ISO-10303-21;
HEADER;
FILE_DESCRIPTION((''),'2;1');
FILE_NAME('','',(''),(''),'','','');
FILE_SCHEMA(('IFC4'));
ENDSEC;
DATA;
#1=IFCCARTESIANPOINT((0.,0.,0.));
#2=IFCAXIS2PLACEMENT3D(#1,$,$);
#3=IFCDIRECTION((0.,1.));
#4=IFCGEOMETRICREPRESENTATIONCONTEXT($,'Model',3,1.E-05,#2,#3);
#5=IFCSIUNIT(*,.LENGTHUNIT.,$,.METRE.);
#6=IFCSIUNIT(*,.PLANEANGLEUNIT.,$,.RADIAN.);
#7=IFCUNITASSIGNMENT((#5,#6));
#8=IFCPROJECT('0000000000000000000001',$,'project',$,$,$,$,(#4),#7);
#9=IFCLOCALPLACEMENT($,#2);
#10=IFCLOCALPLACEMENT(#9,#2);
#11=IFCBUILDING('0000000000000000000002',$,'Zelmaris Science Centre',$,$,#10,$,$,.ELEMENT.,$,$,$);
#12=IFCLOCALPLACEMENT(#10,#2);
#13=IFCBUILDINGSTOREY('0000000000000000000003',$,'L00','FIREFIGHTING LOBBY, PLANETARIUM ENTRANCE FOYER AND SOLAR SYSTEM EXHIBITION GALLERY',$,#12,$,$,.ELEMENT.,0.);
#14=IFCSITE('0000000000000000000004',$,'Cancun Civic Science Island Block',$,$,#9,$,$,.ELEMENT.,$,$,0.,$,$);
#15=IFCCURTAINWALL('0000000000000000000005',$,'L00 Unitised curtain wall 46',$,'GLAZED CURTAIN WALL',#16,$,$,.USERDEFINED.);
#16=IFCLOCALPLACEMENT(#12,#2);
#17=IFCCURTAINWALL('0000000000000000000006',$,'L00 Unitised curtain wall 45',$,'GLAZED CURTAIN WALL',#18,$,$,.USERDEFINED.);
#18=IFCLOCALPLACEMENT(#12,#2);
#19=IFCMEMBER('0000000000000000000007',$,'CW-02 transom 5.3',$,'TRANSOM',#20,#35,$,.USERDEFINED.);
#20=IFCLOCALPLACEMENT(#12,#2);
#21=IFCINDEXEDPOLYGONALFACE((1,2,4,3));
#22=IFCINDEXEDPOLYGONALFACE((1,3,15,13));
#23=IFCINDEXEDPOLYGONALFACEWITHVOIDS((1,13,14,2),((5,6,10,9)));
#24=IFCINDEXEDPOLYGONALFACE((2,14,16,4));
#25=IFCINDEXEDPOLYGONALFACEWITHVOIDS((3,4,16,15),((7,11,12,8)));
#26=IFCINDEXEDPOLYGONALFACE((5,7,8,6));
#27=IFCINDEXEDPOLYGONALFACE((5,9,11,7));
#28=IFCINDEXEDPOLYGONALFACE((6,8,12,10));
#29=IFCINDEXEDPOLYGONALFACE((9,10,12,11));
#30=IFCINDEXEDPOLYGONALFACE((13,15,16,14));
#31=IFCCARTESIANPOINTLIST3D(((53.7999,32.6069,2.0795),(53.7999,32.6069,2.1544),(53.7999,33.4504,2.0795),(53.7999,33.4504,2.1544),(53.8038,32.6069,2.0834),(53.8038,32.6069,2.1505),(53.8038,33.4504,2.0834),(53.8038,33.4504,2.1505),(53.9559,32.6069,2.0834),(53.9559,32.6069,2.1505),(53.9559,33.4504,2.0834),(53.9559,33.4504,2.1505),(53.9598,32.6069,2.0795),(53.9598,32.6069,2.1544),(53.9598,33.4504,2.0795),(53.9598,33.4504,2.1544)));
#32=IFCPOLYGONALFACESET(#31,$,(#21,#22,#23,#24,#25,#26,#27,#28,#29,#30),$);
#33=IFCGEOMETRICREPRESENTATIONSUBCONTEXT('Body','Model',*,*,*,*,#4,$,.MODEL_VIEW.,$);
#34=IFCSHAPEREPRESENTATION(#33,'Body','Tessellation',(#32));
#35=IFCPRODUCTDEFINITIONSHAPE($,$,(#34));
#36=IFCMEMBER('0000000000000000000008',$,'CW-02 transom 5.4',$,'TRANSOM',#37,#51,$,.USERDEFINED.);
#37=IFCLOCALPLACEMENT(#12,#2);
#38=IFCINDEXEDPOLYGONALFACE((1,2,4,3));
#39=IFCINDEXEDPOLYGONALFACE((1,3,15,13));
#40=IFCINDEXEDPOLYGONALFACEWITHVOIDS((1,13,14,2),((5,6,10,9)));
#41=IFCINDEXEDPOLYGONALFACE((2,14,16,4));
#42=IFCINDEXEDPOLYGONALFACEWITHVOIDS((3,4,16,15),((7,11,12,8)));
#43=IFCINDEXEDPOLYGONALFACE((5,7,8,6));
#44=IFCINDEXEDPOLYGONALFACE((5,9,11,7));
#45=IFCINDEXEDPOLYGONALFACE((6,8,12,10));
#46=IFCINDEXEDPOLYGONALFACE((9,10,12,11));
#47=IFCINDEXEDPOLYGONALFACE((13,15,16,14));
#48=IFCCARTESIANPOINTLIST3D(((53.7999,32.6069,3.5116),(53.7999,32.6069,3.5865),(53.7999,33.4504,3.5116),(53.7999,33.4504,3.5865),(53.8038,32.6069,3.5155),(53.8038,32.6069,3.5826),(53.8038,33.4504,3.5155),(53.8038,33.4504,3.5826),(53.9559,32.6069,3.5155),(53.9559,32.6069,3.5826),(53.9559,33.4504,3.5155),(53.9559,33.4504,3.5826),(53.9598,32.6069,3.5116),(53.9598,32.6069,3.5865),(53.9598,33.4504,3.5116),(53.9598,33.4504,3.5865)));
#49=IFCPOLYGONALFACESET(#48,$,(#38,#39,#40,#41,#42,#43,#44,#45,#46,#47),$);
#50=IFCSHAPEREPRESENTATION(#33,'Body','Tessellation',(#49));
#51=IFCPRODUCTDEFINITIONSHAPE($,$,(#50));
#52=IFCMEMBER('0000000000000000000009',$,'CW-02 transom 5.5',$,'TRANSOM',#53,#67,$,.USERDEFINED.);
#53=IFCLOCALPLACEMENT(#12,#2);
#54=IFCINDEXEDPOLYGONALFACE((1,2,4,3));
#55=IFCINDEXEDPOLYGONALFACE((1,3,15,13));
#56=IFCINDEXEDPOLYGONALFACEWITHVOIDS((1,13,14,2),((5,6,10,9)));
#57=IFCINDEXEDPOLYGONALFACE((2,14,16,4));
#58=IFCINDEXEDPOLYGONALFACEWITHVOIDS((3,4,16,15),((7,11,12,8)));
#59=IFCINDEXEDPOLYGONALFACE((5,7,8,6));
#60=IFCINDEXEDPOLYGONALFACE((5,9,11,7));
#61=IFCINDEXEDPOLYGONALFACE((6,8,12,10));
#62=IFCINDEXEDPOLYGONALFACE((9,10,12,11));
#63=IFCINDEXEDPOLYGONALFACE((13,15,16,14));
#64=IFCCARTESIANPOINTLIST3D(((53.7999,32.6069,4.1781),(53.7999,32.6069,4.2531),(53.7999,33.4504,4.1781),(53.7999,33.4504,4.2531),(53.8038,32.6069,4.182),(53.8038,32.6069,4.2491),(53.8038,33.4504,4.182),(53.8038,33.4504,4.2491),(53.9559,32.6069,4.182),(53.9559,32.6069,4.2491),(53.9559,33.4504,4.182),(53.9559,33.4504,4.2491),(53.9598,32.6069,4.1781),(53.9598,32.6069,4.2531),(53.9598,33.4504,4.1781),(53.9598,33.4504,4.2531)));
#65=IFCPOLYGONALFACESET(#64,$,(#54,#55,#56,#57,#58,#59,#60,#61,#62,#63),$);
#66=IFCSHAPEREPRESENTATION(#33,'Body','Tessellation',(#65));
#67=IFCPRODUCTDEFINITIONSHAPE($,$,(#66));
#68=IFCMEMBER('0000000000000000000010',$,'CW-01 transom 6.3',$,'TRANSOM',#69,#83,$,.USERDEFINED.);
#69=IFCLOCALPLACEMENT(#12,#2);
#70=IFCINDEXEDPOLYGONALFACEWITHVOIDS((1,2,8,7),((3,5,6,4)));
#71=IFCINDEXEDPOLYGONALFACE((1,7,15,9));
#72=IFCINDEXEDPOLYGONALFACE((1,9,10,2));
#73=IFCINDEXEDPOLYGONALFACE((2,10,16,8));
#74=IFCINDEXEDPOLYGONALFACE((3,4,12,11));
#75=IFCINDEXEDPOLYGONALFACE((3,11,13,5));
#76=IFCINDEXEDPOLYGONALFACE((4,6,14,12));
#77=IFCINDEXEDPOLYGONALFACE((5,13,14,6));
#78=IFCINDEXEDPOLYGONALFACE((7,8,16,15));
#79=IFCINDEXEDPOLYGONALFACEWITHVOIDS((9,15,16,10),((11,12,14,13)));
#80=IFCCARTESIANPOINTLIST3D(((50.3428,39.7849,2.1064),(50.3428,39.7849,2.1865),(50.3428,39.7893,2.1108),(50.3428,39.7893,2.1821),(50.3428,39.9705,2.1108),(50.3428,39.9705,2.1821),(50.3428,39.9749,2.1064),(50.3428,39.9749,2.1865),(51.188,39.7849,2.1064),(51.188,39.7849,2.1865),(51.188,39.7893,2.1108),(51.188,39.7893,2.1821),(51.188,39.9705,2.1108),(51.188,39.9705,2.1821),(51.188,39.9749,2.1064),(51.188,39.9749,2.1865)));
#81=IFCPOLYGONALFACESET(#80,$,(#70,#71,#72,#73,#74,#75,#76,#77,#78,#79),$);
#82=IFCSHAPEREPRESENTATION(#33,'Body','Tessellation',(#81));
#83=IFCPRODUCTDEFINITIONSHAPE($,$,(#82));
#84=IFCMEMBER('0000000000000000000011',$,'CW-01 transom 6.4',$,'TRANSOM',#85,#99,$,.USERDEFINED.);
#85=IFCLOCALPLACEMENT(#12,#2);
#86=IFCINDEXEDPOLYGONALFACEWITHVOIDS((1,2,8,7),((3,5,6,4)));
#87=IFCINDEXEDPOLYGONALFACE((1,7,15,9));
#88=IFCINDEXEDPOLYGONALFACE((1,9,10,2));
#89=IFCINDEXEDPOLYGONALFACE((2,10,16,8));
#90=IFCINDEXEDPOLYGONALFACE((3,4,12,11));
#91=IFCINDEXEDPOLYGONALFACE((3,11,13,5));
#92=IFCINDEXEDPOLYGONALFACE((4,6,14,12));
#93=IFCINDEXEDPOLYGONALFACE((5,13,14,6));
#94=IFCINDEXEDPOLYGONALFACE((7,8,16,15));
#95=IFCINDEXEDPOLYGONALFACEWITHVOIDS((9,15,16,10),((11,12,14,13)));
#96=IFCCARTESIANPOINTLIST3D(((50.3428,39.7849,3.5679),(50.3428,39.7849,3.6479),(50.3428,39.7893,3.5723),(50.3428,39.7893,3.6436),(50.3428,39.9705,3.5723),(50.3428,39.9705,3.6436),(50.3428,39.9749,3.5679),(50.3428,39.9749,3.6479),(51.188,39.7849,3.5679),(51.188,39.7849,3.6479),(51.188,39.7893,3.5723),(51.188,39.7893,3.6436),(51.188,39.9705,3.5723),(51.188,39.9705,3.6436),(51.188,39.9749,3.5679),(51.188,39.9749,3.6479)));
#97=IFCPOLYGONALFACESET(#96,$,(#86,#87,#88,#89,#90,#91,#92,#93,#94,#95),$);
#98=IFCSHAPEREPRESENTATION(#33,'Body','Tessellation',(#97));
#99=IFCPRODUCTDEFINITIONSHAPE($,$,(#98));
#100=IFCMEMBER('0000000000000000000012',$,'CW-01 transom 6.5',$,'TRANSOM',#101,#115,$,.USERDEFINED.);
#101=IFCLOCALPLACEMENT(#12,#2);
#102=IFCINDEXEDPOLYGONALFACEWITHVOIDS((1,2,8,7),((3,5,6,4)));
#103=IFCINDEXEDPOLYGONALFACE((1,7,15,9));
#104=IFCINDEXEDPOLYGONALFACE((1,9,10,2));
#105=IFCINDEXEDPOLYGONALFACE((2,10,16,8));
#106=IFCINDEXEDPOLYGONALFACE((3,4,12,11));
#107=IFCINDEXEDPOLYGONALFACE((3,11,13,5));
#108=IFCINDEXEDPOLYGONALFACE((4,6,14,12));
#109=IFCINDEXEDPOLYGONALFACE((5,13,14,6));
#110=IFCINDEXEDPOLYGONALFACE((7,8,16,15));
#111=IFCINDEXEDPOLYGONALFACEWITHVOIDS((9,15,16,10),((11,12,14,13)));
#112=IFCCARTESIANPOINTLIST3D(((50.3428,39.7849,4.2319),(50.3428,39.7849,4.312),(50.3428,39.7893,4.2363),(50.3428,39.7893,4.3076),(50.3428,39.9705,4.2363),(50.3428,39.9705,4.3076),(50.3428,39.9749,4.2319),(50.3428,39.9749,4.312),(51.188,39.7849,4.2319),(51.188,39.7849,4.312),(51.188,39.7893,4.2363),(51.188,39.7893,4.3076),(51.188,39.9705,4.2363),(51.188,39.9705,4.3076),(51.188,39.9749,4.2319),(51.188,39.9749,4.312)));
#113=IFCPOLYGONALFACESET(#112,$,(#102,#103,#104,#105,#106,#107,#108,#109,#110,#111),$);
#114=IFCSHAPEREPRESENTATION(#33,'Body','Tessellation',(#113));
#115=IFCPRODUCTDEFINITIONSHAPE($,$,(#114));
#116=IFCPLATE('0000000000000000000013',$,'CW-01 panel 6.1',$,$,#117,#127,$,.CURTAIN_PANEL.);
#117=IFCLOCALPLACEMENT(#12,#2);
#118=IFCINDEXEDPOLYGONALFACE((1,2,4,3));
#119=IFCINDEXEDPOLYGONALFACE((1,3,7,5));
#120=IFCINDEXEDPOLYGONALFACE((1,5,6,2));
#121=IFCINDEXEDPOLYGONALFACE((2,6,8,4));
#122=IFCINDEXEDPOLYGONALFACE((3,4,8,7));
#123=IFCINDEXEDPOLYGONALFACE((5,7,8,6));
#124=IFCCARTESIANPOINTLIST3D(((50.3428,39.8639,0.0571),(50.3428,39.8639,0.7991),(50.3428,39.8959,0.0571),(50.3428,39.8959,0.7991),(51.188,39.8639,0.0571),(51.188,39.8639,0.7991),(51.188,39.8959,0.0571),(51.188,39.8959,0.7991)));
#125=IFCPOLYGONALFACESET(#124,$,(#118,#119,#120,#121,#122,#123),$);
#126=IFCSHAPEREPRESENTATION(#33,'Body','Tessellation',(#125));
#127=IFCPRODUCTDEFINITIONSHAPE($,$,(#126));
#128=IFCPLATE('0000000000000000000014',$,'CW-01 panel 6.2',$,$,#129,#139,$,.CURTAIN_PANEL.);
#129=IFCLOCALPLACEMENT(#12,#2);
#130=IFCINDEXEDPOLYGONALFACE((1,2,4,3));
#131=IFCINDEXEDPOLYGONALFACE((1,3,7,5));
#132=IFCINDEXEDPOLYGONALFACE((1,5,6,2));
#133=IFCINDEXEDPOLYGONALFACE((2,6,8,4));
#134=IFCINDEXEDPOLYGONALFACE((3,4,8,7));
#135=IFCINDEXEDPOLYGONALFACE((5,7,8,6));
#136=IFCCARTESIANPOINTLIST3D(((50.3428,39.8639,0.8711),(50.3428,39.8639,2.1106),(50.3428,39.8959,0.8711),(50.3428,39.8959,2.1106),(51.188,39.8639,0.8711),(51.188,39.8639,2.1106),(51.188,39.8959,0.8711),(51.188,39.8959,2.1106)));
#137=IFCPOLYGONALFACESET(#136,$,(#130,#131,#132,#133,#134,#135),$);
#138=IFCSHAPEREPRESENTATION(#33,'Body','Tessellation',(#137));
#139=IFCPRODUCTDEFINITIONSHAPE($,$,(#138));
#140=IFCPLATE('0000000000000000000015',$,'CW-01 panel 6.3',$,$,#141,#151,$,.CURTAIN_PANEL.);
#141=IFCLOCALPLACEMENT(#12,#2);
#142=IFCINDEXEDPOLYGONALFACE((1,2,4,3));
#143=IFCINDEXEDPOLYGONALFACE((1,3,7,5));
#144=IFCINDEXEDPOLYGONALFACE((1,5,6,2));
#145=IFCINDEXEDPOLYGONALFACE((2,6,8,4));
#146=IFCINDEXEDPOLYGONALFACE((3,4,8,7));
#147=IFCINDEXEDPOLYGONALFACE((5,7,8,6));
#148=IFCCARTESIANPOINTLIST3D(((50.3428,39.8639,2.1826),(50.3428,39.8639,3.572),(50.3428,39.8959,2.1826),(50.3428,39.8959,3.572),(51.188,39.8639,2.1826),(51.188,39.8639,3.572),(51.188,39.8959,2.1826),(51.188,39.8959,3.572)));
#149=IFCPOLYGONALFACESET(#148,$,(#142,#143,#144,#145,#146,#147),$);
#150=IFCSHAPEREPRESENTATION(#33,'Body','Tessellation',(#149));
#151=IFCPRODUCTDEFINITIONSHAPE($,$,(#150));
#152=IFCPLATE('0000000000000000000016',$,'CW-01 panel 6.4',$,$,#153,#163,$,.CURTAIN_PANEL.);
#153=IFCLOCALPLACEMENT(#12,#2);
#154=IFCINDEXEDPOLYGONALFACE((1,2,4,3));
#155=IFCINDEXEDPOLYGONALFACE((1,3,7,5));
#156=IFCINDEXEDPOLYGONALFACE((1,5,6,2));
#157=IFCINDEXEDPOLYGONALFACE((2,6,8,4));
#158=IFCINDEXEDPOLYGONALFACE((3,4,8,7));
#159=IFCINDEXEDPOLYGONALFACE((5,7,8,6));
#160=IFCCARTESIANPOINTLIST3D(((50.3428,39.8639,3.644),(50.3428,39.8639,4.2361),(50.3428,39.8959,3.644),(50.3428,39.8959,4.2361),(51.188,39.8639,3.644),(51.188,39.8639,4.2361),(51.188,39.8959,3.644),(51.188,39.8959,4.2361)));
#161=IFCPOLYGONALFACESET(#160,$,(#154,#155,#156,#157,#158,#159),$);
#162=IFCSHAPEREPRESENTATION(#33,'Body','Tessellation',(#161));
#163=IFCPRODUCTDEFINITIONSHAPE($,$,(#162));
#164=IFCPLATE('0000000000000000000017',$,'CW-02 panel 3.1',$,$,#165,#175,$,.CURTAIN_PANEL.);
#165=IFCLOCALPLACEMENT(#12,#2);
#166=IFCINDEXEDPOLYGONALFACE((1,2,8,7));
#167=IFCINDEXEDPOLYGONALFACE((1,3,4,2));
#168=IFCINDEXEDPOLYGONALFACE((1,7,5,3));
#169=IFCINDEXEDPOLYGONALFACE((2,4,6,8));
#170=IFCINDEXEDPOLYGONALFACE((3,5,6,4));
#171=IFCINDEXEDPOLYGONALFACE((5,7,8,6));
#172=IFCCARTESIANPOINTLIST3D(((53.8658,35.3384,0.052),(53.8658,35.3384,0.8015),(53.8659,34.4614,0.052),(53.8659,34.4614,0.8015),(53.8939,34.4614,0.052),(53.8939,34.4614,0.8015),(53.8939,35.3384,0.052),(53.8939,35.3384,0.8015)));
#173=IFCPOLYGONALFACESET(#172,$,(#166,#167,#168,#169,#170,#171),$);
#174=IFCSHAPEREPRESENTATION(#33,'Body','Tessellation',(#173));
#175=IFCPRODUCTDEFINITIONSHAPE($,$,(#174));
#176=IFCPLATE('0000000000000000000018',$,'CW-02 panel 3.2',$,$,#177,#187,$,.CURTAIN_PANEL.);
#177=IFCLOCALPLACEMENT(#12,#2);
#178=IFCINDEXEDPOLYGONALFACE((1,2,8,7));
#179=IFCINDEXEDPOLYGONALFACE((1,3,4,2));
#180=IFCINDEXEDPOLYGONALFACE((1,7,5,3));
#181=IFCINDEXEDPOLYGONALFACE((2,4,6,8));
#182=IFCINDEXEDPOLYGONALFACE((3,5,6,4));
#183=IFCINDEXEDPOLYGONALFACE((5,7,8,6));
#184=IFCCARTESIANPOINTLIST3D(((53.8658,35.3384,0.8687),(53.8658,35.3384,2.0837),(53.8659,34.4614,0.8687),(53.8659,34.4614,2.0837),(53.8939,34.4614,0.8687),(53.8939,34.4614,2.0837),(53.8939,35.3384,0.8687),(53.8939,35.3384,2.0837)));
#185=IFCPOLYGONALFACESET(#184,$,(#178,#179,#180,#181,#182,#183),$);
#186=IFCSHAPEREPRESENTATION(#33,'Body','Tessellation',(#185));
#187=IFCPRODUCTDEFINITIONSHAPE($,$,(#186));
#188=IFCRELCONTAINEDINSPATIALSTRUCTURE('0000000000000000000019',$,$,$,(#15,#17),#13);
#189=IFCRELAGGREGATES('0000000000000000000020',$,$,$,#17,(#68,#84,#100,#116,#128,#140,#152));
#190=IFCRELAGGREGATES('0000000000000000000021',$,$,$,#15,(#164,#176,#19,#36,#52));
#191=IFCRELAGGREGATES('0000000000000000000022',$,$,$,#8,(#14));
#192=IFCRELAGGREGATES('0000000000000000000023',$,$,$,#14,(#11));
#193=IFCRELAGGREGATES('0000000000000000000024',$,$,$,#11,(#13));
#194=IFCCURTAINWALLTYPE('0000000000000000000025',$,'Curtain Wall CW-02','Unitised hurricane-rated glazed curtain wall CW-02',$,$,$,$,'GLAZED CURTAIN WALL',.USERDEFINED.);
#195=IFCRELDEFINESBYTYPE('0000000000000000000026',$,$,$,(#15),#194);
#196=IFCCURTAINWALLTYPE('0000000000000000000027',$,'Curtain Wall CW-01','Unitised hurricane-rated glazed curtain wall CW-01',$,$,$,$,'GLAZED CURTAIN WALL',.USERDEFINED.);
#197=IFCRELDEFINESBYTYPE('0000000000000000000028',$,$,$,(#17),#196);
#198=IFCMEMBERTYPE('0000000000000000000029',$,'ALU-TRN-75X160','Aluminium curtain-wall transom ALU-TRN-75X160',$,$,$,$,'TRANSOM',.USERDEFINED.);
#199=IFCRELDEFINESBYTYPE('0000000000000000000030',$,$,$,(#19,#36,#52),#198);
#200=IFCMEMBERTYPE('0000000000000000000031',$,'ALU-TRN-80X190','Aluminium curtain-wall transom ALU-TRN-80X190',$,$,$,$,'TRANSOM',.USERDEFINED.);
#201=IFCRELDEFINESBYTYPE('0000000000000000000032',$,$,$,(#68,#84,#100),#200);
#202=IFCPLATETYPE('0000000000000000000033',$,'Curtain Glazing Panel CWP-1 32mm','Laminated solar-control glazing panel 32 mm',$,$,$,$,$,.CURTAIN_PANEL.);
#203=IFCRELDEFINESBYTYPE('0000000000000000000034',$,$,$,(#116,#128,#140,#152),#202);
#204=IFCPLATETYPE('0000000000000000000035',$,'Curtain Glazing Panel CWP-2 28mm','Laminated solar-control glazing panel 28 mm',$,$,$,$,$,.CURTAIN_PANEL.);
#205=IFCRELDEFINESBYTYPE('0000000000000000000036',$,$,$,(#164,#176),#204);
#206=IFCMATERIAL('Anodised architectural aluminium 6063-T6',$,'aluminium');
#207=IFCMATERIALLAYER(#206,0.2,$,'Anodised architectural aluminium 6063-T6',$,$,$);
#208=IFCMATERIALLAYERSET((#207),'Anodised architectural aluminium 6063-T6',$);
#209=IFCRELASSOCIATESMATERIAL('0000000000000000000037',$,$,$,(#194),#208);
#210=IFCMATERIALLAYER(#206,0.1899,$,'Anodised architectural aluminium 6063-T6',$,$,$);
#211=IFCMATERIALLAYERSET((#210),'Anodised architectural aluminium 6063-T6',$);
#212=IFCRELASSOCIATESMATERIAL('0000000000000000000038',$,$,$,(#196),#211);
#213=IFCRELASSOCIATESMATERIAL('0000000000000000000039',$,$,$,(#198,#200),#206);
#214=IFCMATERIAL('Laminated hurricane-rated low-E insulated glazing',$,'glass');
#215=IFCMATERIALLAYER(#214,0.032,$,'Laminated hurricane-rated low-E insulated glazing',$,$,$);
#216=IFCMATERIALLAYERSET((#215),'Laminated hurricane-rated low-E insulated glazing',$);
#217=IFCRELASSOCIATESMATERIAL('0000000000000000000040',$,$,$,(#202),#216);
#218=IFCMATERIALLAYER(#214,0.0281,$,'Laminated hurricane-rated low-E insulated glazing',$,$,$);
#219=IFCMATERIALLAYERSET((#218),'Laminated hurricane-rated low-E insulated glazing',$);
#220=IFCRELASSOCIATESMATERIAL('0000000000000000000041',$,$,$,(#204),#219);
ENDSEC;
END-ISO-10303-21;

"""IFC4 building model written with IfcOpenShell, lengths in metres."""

from ifc_helpers import new_model, si_unit, direction, frame, origin, origin_2d, place, context, subcontext, project, spatial, rectangle, hollow_rectangle, extrude, material, layer, layer_set, material_profile, profile_set, type_object, element, aggregate, save


model = new_model("IFC4")

# Units and contexts
model_context = context("Model", 3, precision=1e-05, world=origin(), true_north=direction((0.0, 1.0)))
body_context = subcontext(model_context, "Body", "Model", "MODEL_VIEW")
ifc_project = project(units=[si_unit("LENGTHUNIT", "METRE"), si_unit("PLANEANGLEUNIT", "RADIAN")], contexts=[model_context])

# Site, building, storey
site_placement = place(None, origin())
site = spatial("IfcSite", under=ifc_project, at=site_placement, Name="Cancun Civic Science Island Block", CompositionType="ELEMENT", RefElevation=0.0)
building_placement = place(site_placement, origin())
building = spatial("IfcBuilding", under=site, at=building_placement, Name="Zelmaris Science Centre", CompositionType="ELEMENT")
storey_placement = place(building_placement, origin())
storey = spatial("IfcBuildingStorey", under=building, at=storey_placement, Name="L00", Description="FIREFIGHTING LOBBY, PLANETARIUM ENTRANCE FOYER AND SOLAR SYSTEM EXHIBITION GALLERY", CompositionType="ELEMENT", Elevation=0.0)

# Curtain wall
ifc_material_1 = material(Name="Anodised architectural aluminium 6063-T6", Category="aluminium")
ifc_layer_1 = layer(ifc_material_1, 0.2, Name="Anodised architectural aluminium 6063-T6")
ifc_layer_set_1 = layer_set([ifc_layer_1], Name="Anodised architectural aluminium 6063-T6")
curtain_wall_type_1 = type_object("IfcCurtainWallType", Name="Curtain Wall CW-02", Description="Unitised hurricane-rated glazed curtain wall CW-02", ElementType="GLAZED CURTAIN WALL", PredefinedType="USERDEFINED", material=ifc_layer_set_1)
curtain_wall_1_placement = place(storey_placement, origin())
curtain_wall_1 = element("IfcCurtainWall", 1, at=curtain_wall_1_placement, inside=storey, type_object=curtain_wall_type_1, Name="L00 Unitised curtain wall 46", ObjectType="GLAZED CURTAIN WALL", PredefinedType="USERDEFINED")

# Curtain wall
ifc_layer_2 = layer(ifc_material_1, 0.1899, Name="Anodised architectural aluminium 6063-T6")
ifc_layer_set_2 = layer_set([ifc_layer_2], Name="Anodised architectural aluminium 6063-T6")
curtain_wall_type_2 = type_object("IfcCurtainWallType", Name="Curtain Wall CW-01", Description="Unitised hurricane-rated glazed curtain wall CW-01", ElementType="GLAZED CURTAIN WALL", PredefinedType="USERDEFINED", material=ifc_layer_set_2)
curtain_wall_2_placement = place(storey_placement, origin())
curtain_wall_2 = element("IfcCurtainWall", 2, at=curtain_wall_2_placement, inside=storey, type_object=curtain_wall_type_2, Name="L00 Unitised curtain wall 45", ObjectType="GLAZED CURTAIN WALL", PredefinedType="USERDEFINED")

# Members
ifc_material_profile_1 = material_profile(ifc_material_1, hollow_rectangle(XDim=0.075, YDim=0.1599, WallThickness=0.0039, at=origin_2d()), Name="ALU-TRN-75X160")
ifc_profile_set_1 = profile_set([ifc_material_profile_1], Name="Anodised architectural aluminium 6063-T6")
member_type_1 = type_object("IfcMemberType", Name="ALU-TRN-75X160", Description="Aluminium curtain-wall transom ALU-TRN-75X160", ElementType="TRANSOM", PredefinedType="USERDEFINED", material=ifc_profile_set_1)
member_1_placement = place(storey_placement, frame((53.8799, 33.4504, 2.1169), z_axis=(0.0, -1.0, 0.0), x_axis=(0.0, 0.0, 1.0)))
member_1 = element("IfcMember", 3, at=member_1_placement, type_object=member_type_1, Name="CW-02 transom 5.3", ObjectType="TRANSOM", PredefinedType="USERDEFINED", context=body_context, shape_type="SweptSolid", body=[
    extrude(hollow_rectangle(XDim=0.075, YDim=0.1599, WallThickness=0.0039, at=origin_2d()), origin(), (0.0, 0.0, 1.0), 0.8435),
])
member_2_placement = place(storey_placement, frame((53.8799, 33.4504, 3.5491), z_axis=(0.0, -1.0, 0.0), x_axis=(0.0, 0.0, 1.0)))
member_2 = element("IfcMember", 4, at=member_2_placement, type_object=member_type_1, Name="CW-02 transom 5.4", ObjectType="TRANSOM", PredefinedType="USERDEFINED", context=body_context, shape_type="SweptSolid", body=[
    extrude(hollow_rectangle(XDim=0.075, YDim=0.1599, WallThickness=0.0039, at=origin_2d()), origin(), (0.0, 0.0, 1.0), 0.8435),
])
member_3_placement = place(storey_placement, frame((53.8799, 33.4504, 4.2156), z_axis=(0.0, -1.0, 0.0), x_axis=(0.0, 0.0, 1.0)))
member_3 = element("IfcMember", 5, at=member_3_placement, type_object=member_type_1, Name="CW-02 transom 5.5", ObjectType="TRANSOM", PredefinedType="USERDEFINED", context=body_context, shape_type="SweptSolid", body=[
    extrude(hollow_rectangle(XDim=0.075, YDim=0.1599, WallThickness=0.0039, at=origin_2d()), origin(), (0.0, 0.0, 1.0), 0.8435),
])
ifc_material_profile_2 = material_profile(ifc_material_1, hollow_rectangle(XDim=0.0801, YDim=0.1899, WallThickness=0.0044, at=origin_2d()), Name="ALU-TRN-80X190")
ifc_profile_set_2 = profile_set([ifc_material_profile_2], Name="Anodised architectural aluminium 6063-T6")
member_type_2 = type_object("IfcMemberType", Name="ALU-TRN-80X190", Description="Aluminium curtain-wall transom ALU-TRN-80X190", ElementType="TRANSOM", PredefinedType="USERDEFINED", material=ifc_profile_set_2)
member_4_placement = place(storey_placement, frame((50.3428, 39.8799, 2.1465), z_axis=(1.0, 0.0, 0.0), x_axis=(0.0, 0.0, 1.0)))
member_4 = element("IfcMember", 6, at=member_4_placement, type_object=member_type_2, Name="CW-01 transom 6.3", ObjectType="TRANSOM", PredefinedType="USERDEFINED", context=body_context, shape_type="SweptSolid", body=[
    extrude(hollow_rectangle(XDim=0.0801, YDim=0.1899, WallThickness=0.0044, at=origin_2d()), origin(), (0.0, 0.0, 1.0), 0.8452),
])
member_5_placement = place(storey_placement, frame((50.3428, 39.8799, 3.6079), z_axis=(1.0, 0.0, 0.0), x_axis=(0.0, 0.0, 1.0)))
member_5 = element("IfcMember", 7, at=member_5_placement, type_object=member_type_2, Name="CW-01 transom 6.4", ObjectType="TRANSOM", PredefinedType="USERDEFINED", context=body_context, shape_type="SweptSolid", body=[
    extrude(hollow_rectangle(XDim=0.0801, YDim=0.1899, WallThickness=0.0044, at=origin_2d()), origin(), (0.0, 0.0, 1.0), 0.8452),
])
member_6_placement = place(storey_placement, frame((50.3428, 39.8799, 4.272), z_axis=(1.0, 0.0, 0.0), x_axis=(0.0, 0.0, 1.0)))
member_6 = element("IfcMember", 8, at=member_6_placement, type_object=member_type_2, Name="CW-01 transom 6.5", ObjectType="TRANSOM", PredefinedType="USERDEFINED", context=body_context, shape_type="SweptSolid", body=[
    extrude(hollow_rectangle(XDim=0.0801, YDim=0.1899, WallThickness=0.0044, at=origin_2d()), origin(), (0.0, 0.0, 1.0), 0.8452),
])

# Plates
ifc_material_2 = material(Name="Laminated hurricane-rated low-E insulated glazing", Category="glass")
ifc_layer_3 = layer(ifc_material_2, 0.032, Name="Laminated hurricane-rated low-E insulated glazing")
ifc_layer_set_3 = layer_set([ifc_layer_3], Name="Laminated hurricane-rated low-E insulated glazing")
plate_type_1 = type_object("IfcPlateType", Name="Curtain Glazing Panel CWP-1 32mm", Description="Laminated solar-control glazing panel 32 mm", PredefinedType="CURTAIN_PANEL", material=ifc_layer_set_3)
plate_1_placement = place(storey_placement, frame((50.7654, 39.8799, 0.0571), z_axis=(0.0, 0.0, 1.0), x_axis=(1.0, -0.000017, 0.0)))
plate_1 = element("IfcPlate", 9, at=plate_1_placement, type_object=plate_type_1, Name="CW-01 panel 6.1", PredefinedType="CURTAIN_PANEL", context=body_context, shape_type="SweptSolid", body=[
    extrude(rectangle(XDim=0.8452, YDim=0.032, at=origin_2d()), origin(), (0.0, 0.0, 1.0), 0.7419),
])
plate_2_placement = place(storey_placement, frame((50.7654, 39.8799, 0.8711), z_axis=(0.0, 0.0, 1.0), x_axis=(1.0, -0.000017, 0.0)))
plate_2 = element("IfcPlate", 10, at=plate_2_placement, type_object=plate_type_1, Name="CW-01 panel 6.2", PredefinedType="CURTAIN_PANEL", context=body_context, shape_type="SweptSolid", body=[
    extrude(rectangle(XDim=0.8452, YDim=0.032, at=origin_2d()), origin(), (0.0, 0.0, 1.0), 1.2395),
])
plate_3_placement = place(storey_placement, frame((50.7654, 39.8799, 2.1826), z_axis=(0.0, 0.0, 1.0), x_axis=(1.0, -0.000017, 0.0)))
plate_3 = element("IfcPlate", 11, at=plate_3_placement, type_object=plate_type_1, Name="CW-01 panel 6.3", PredefinedType="CURTAIN_PANEL", context=body_context, shape_type="SweptSolid", body=[
    extrude(rectangle(XDim=0.8452, YDim=0.032, at=origin_2d()), origin(), (0.0, 0.0, 1.0), 1.3894),
])
plate_4_placement = place(storey_placement, frame((50.7654, 39.8799, 3.644), z_axis=(0.0, 0.0, 1.0), x_axis=(1.0, -0.000017, 0.0)))
plate_4 = element("IfcPlate", 12, at=plate_4_placement, type_object=plate_type_1, Name="CW-01 panel 6.4", PredefinedType="CURTAIN_PANEL", context=body_context, shape_type="SweptSolid", body=[
    extrude(rectangle(XDim=0.8452, YDim=0.032, at=origin_2d()), origin(), (0.0, 0.0, 1.0), 0.592),
])
aggregate(curtain_wall_2, [member_4, member_5, member_6, plate_1, plate_2, plate_3, plate_4])
ifc_layer_4 = layer(ifc_material_2, 0.0281, Name="Laminated hurricane-rated low-E insulated glazing")
ifc_layer_set_4 = layer_set([ifc_layer_4], Name="Laminated hurricane-rated low-E insulated glazing")
plate_type_2 = type_object("IfcPlateType", Name="Curtain Glazing Panel CWP-2 28mm", Description="Laminated solar-control glazing panel 28 mm", PredefinedType="CURTAIN_PANEL", material=ifc_layer_set_4)
plate_5_placement = place(storey_placement, frame((53.8799, 34.8999, 0.052), z_axis=(0.0, 0.0, 1.0), x_axis=(0.000021, -1.0, 0.0)))
plate_5 = element("IfcPlate", 13, at=plate_5_placement, type_object=plate_type_2, Name="CW-02 panel 3.1", PredefinedType="CURTAIN_PANEL", context=body_context, shape_type="SweptSolid", body=[
    extrude(rectangle(XDim=0.877, YDim=0.0281, at=origin_2d()), origin(), (0.0, 0.0, 1.0), 0.7495),
])
plate_6_placement = place(storey_placement, frame((53.8799, 34.8999, 0.8687), z_axis=(0.0, 0.0, 1.0), x_axis=(0.000021, -1.0, 0.0)))
plate_6 = element("IfcPlate", 14, at=plate_6_placement, type_object=plate_type_2, Name="CW-02 panel 3.2", PredefinedType="CURTAIN_PANEL", context=body_context, shape_type="SweptSolid", body=[
    extrude(rectangle(XDim=0.877, YDim=0.0281, at=origin_2d()), origin(), (0.0, 0.0, 1.0), 1.2151),
])
aggregate(curtain_wall_1, [plate_5, plate_6, member_1, member_2, member_3])

save(model, "model.ifc")
